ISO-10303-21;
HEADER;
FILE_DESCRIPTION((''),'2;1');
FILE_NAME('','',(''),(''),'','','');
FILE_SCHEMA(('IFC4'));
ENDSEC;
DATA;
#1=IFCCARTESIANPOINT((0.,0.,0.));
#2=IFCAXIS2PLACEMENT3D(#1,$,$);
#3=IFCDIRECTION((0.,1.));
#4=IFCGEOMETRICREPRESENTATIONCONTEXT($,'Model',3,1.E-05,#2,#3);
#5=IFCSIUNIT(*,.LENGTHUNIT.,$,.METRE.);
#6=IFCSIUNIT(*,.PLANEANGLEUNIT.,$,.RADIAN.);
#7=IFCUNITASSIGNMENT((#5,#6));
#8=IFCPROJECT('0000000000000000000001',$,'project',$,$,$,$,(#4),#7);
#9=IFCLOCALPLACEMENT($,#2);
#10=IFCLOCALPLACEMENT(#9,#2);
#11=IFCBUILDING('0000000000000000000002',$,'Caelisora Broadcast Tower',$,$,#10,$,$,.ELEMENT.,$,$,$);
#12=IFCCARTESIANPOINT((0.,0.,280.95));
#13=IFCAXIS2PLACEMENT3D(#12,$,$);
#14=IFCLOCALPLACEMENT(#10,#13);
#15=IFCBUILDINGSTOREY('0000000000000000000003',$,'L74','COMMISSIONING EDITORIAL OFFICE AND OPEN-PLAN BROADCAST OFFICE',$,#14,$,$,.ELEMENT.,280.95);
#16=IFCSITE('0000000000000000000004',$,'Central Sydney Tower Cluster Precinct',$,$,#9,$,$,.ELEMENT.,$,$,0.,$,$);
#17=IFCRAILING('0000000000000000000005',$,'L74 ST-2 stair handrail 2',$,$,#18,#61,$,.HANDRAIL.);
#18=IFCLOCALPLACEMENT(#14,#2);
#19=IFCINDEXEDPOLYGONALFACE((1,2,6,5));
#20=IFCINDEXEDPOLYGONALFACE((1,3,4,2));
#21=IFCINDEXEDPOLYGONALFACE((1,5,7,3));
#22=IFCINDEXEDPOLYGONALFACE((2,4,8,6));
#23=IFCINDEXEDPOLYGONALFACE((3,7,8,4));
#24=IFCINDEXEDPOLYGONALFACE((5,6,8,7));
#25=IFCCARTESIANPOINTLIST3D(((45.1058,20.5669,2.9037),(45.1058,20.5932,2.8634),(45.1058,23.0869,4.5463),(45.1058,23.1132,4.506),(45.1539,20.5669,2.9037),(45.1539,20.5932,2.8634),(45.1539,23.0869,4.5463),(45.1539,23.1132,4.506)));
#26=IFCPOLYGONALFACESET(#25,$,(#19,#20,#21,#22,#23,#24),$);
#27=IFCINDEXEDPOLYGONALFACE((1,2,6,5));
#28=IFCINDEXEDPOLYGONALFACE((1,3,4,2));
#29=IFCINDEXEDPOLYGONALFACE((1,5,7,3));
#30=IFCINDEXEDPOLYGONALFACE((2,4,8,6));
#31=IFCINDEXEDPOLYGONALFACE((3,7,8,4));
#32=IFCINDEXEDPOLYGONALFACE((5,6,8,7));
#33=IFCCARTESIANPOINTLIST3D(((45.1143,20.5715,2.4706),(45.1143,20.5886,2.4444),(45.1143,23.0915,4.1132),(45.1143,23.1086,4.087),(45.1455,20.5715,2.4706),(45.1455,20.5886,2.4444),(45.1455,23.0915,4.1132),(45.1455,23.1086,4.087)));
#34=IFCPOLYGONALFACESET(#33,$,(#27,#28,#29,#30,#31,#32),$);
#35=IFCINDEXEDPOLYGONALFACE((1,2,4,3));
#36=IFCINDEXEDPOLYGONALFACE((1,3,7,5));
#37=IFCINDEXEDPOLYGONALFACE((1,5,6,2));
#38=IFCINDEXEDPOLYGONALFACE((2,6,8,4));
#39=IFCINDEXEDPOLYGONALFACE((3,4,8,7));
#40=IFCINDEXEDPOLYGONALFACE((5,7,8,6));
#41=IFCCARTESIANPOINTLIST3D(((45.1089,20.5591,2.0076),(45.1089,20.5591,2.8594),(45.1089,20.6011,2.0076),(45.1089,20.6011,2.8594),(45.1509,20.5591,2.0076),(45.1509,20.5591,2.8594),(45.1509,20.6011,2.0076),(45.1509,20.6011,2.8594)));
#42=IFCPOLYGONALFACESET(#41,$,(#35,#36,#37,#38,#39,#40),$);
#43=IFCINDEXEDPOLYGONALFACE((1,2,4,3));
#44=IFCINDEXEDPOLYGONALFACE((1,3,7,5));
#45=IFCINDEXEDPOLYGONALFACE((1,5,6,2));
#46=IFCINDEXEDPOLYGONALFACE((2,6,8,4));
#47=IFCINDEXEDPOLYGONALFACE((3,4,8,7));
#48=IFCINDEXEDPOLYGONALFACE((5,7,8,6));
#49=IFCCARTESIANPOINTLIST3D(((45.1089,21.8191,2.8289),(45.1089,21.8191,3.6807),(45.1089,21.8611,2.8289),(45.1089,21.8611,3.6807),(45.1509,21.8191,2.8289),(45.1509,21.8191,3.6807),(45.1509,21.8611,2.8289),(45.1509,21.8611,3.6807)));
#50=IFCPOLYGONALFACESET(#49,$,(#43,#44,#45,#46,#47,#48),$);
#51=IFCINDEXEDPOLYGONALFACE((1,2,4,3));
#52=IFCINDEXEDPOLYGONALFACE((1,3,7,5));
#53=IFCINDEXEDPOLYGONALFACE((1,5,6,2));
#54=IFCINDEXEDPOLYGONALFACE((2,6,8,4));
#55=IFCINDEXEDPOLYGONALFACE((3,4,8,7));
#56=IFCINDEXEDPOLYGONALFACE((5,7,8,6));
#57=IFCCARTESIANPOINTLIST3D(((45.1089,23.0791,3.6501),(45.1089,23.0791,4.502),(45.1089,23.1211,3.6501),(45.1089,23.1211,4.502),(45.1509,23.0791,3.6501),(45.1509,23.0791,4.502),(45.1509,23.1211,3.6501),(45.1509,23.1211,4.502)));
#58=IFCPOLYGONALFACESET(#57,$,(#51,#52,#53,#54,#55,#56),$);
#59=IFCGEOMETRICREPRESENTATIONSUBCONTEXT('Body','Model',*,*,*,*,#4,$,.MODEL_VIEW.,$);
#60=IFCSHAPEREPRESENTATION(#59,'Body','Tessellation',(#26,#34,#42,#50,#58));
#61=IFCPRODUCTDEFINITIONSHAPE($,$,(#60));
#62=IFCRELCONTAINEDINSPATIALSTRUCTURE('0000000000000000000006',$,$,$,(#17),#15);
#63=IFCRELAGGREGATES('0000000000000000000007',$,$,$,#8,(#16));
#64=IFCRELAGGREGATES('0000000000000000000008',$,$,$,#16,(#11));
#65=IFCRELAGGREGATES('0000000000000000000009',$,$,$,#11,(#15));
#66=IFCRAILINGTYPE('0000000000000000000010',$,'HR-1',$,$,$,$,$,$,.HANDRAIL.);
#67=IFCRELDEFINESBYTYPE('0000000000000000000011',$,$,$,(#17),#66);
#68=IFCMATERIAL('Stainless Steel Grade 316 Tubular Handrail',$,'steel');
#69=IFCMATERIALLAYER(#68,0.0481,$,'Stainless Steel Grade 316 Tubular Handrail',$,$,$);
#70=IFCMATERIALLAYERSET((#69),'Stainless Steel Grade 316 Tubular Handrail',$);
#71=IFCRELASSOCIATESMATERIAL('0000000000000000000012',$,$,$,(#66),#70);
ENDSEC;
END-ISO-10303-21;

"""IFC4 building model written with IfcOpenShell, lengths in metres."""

from ifc_helpers import new_model, si_unit, direction, frame, origin, origin_2d, place, context, subcontext, project, spatial, rectangle, extrude, material, layer, layer_set, type_object, element, save


model = new_model("IFC4")

# Units and contexts
model_context = context("Model", 3, precision=1e-05, world=origin(), true_north=direction((0.0, 1.0)))
body_context = subcontext(model_context, "Body", "Model", "MODEL_VIEW")
ifc_project = project(units=[si_unit("LENGTHUNIT", "METRE"), si_unit("PLANEANGLEUNIT", "RADIAN")], contexts=[model_context])

# Site, building, storey
site_placement = place(None, origin())
site = spatial("IfcSite", under=ifc_project, at=site_placement, Name="Central Sydney Tower Cluster Precinct", CompositionType="ELEMENT", RefElevation=0.0)
building_placement = place(site_placement, origin())
building = spatial("IfcBuilding", under=site, at=building_placement, Name="Caelisora Broadcast Tower", CompositionType="ELEMENT")
storey_placement = place(building_placement, frame((0.0, 0.0, 280.95)))
storey = spatial("IfcBuildingStorey", under=building, at=storey_placement, Name="L74", Description="COMMISSIONING EDITORIAL OFFICE AND OPEN-PLAN BROADCAST OFFICE", CompositionType="ELEMENT", Elevation=280.95)

# Railing
ifc_material_1 = material(Name="Stainless Steel Grade 316 Tubular Handrail", Category="steel")
ifc_layer_1 = layer(ifc_material_1, 0.0481, Name="Stainless Steel Grade 316 Tubular Handrail")
ifc_layer_set_1 = layer_set([ifc_layer_1], Name="Stainless Steel Grade 316 Tubular Handrail")
railing_type_1 = type_object("IfcRailingType", Name="HR-1", PredefinedType="HANDRAIL", material=ifc_layer_set_1)
railing_1_placement = place(storey_placement, frame((45.1299, 20.5801, 2.0076)))
element("IfcRailing", 1, at=railing_1_placement, inside=storey, type_object=railing_type_1, Name="L74 ST-2 stair handrail 2", PredefinedType="HANDRAIL", context=body_context, shape_type="SweptSolid", body=[
    extrude(rectangle(XDim=0.0481, YDim=0.0481, at=origin_2d()), frame((0.0, 0.0, 0.876), z_axis=(0.0, 0.837749, 0.546055), x_axis=(-1.0, 0.0, 0.0)), (0.0, 0.0, 1.0), 3.0081),
    extrude(rectangle(XDim=0.0312, YDim=0.0312, at=origin_2d()), frame((0.0, 0.0, 0.45), z_axis=(0.0, 0.837749, 0.546055), x_axis=(-1.0, 0.0, 0.0)), (0.0, 0.0, 1.0), 3.0081),
    extrude(rectangle(XDim=0.042, YDim=0.042, at=origin_2d()), origin(), (0.0, 0.0, 1.0), 0.8518),
    extrude(rectangle(XDim=0.042, YDim=0.042, at=origin_2d()), frame((0.0, 1.26, 0.8213)), (0.0, 0.0, 1.0), 0.8518),
    extrude(rectangle(XDim=0.042, YDim=0.042, at=origin_2d()), frame((0.0, 2.52, 1.6426)), (0.0, 0.0, 1.0), 0.8518),
])

save(model, "model.ifc")
